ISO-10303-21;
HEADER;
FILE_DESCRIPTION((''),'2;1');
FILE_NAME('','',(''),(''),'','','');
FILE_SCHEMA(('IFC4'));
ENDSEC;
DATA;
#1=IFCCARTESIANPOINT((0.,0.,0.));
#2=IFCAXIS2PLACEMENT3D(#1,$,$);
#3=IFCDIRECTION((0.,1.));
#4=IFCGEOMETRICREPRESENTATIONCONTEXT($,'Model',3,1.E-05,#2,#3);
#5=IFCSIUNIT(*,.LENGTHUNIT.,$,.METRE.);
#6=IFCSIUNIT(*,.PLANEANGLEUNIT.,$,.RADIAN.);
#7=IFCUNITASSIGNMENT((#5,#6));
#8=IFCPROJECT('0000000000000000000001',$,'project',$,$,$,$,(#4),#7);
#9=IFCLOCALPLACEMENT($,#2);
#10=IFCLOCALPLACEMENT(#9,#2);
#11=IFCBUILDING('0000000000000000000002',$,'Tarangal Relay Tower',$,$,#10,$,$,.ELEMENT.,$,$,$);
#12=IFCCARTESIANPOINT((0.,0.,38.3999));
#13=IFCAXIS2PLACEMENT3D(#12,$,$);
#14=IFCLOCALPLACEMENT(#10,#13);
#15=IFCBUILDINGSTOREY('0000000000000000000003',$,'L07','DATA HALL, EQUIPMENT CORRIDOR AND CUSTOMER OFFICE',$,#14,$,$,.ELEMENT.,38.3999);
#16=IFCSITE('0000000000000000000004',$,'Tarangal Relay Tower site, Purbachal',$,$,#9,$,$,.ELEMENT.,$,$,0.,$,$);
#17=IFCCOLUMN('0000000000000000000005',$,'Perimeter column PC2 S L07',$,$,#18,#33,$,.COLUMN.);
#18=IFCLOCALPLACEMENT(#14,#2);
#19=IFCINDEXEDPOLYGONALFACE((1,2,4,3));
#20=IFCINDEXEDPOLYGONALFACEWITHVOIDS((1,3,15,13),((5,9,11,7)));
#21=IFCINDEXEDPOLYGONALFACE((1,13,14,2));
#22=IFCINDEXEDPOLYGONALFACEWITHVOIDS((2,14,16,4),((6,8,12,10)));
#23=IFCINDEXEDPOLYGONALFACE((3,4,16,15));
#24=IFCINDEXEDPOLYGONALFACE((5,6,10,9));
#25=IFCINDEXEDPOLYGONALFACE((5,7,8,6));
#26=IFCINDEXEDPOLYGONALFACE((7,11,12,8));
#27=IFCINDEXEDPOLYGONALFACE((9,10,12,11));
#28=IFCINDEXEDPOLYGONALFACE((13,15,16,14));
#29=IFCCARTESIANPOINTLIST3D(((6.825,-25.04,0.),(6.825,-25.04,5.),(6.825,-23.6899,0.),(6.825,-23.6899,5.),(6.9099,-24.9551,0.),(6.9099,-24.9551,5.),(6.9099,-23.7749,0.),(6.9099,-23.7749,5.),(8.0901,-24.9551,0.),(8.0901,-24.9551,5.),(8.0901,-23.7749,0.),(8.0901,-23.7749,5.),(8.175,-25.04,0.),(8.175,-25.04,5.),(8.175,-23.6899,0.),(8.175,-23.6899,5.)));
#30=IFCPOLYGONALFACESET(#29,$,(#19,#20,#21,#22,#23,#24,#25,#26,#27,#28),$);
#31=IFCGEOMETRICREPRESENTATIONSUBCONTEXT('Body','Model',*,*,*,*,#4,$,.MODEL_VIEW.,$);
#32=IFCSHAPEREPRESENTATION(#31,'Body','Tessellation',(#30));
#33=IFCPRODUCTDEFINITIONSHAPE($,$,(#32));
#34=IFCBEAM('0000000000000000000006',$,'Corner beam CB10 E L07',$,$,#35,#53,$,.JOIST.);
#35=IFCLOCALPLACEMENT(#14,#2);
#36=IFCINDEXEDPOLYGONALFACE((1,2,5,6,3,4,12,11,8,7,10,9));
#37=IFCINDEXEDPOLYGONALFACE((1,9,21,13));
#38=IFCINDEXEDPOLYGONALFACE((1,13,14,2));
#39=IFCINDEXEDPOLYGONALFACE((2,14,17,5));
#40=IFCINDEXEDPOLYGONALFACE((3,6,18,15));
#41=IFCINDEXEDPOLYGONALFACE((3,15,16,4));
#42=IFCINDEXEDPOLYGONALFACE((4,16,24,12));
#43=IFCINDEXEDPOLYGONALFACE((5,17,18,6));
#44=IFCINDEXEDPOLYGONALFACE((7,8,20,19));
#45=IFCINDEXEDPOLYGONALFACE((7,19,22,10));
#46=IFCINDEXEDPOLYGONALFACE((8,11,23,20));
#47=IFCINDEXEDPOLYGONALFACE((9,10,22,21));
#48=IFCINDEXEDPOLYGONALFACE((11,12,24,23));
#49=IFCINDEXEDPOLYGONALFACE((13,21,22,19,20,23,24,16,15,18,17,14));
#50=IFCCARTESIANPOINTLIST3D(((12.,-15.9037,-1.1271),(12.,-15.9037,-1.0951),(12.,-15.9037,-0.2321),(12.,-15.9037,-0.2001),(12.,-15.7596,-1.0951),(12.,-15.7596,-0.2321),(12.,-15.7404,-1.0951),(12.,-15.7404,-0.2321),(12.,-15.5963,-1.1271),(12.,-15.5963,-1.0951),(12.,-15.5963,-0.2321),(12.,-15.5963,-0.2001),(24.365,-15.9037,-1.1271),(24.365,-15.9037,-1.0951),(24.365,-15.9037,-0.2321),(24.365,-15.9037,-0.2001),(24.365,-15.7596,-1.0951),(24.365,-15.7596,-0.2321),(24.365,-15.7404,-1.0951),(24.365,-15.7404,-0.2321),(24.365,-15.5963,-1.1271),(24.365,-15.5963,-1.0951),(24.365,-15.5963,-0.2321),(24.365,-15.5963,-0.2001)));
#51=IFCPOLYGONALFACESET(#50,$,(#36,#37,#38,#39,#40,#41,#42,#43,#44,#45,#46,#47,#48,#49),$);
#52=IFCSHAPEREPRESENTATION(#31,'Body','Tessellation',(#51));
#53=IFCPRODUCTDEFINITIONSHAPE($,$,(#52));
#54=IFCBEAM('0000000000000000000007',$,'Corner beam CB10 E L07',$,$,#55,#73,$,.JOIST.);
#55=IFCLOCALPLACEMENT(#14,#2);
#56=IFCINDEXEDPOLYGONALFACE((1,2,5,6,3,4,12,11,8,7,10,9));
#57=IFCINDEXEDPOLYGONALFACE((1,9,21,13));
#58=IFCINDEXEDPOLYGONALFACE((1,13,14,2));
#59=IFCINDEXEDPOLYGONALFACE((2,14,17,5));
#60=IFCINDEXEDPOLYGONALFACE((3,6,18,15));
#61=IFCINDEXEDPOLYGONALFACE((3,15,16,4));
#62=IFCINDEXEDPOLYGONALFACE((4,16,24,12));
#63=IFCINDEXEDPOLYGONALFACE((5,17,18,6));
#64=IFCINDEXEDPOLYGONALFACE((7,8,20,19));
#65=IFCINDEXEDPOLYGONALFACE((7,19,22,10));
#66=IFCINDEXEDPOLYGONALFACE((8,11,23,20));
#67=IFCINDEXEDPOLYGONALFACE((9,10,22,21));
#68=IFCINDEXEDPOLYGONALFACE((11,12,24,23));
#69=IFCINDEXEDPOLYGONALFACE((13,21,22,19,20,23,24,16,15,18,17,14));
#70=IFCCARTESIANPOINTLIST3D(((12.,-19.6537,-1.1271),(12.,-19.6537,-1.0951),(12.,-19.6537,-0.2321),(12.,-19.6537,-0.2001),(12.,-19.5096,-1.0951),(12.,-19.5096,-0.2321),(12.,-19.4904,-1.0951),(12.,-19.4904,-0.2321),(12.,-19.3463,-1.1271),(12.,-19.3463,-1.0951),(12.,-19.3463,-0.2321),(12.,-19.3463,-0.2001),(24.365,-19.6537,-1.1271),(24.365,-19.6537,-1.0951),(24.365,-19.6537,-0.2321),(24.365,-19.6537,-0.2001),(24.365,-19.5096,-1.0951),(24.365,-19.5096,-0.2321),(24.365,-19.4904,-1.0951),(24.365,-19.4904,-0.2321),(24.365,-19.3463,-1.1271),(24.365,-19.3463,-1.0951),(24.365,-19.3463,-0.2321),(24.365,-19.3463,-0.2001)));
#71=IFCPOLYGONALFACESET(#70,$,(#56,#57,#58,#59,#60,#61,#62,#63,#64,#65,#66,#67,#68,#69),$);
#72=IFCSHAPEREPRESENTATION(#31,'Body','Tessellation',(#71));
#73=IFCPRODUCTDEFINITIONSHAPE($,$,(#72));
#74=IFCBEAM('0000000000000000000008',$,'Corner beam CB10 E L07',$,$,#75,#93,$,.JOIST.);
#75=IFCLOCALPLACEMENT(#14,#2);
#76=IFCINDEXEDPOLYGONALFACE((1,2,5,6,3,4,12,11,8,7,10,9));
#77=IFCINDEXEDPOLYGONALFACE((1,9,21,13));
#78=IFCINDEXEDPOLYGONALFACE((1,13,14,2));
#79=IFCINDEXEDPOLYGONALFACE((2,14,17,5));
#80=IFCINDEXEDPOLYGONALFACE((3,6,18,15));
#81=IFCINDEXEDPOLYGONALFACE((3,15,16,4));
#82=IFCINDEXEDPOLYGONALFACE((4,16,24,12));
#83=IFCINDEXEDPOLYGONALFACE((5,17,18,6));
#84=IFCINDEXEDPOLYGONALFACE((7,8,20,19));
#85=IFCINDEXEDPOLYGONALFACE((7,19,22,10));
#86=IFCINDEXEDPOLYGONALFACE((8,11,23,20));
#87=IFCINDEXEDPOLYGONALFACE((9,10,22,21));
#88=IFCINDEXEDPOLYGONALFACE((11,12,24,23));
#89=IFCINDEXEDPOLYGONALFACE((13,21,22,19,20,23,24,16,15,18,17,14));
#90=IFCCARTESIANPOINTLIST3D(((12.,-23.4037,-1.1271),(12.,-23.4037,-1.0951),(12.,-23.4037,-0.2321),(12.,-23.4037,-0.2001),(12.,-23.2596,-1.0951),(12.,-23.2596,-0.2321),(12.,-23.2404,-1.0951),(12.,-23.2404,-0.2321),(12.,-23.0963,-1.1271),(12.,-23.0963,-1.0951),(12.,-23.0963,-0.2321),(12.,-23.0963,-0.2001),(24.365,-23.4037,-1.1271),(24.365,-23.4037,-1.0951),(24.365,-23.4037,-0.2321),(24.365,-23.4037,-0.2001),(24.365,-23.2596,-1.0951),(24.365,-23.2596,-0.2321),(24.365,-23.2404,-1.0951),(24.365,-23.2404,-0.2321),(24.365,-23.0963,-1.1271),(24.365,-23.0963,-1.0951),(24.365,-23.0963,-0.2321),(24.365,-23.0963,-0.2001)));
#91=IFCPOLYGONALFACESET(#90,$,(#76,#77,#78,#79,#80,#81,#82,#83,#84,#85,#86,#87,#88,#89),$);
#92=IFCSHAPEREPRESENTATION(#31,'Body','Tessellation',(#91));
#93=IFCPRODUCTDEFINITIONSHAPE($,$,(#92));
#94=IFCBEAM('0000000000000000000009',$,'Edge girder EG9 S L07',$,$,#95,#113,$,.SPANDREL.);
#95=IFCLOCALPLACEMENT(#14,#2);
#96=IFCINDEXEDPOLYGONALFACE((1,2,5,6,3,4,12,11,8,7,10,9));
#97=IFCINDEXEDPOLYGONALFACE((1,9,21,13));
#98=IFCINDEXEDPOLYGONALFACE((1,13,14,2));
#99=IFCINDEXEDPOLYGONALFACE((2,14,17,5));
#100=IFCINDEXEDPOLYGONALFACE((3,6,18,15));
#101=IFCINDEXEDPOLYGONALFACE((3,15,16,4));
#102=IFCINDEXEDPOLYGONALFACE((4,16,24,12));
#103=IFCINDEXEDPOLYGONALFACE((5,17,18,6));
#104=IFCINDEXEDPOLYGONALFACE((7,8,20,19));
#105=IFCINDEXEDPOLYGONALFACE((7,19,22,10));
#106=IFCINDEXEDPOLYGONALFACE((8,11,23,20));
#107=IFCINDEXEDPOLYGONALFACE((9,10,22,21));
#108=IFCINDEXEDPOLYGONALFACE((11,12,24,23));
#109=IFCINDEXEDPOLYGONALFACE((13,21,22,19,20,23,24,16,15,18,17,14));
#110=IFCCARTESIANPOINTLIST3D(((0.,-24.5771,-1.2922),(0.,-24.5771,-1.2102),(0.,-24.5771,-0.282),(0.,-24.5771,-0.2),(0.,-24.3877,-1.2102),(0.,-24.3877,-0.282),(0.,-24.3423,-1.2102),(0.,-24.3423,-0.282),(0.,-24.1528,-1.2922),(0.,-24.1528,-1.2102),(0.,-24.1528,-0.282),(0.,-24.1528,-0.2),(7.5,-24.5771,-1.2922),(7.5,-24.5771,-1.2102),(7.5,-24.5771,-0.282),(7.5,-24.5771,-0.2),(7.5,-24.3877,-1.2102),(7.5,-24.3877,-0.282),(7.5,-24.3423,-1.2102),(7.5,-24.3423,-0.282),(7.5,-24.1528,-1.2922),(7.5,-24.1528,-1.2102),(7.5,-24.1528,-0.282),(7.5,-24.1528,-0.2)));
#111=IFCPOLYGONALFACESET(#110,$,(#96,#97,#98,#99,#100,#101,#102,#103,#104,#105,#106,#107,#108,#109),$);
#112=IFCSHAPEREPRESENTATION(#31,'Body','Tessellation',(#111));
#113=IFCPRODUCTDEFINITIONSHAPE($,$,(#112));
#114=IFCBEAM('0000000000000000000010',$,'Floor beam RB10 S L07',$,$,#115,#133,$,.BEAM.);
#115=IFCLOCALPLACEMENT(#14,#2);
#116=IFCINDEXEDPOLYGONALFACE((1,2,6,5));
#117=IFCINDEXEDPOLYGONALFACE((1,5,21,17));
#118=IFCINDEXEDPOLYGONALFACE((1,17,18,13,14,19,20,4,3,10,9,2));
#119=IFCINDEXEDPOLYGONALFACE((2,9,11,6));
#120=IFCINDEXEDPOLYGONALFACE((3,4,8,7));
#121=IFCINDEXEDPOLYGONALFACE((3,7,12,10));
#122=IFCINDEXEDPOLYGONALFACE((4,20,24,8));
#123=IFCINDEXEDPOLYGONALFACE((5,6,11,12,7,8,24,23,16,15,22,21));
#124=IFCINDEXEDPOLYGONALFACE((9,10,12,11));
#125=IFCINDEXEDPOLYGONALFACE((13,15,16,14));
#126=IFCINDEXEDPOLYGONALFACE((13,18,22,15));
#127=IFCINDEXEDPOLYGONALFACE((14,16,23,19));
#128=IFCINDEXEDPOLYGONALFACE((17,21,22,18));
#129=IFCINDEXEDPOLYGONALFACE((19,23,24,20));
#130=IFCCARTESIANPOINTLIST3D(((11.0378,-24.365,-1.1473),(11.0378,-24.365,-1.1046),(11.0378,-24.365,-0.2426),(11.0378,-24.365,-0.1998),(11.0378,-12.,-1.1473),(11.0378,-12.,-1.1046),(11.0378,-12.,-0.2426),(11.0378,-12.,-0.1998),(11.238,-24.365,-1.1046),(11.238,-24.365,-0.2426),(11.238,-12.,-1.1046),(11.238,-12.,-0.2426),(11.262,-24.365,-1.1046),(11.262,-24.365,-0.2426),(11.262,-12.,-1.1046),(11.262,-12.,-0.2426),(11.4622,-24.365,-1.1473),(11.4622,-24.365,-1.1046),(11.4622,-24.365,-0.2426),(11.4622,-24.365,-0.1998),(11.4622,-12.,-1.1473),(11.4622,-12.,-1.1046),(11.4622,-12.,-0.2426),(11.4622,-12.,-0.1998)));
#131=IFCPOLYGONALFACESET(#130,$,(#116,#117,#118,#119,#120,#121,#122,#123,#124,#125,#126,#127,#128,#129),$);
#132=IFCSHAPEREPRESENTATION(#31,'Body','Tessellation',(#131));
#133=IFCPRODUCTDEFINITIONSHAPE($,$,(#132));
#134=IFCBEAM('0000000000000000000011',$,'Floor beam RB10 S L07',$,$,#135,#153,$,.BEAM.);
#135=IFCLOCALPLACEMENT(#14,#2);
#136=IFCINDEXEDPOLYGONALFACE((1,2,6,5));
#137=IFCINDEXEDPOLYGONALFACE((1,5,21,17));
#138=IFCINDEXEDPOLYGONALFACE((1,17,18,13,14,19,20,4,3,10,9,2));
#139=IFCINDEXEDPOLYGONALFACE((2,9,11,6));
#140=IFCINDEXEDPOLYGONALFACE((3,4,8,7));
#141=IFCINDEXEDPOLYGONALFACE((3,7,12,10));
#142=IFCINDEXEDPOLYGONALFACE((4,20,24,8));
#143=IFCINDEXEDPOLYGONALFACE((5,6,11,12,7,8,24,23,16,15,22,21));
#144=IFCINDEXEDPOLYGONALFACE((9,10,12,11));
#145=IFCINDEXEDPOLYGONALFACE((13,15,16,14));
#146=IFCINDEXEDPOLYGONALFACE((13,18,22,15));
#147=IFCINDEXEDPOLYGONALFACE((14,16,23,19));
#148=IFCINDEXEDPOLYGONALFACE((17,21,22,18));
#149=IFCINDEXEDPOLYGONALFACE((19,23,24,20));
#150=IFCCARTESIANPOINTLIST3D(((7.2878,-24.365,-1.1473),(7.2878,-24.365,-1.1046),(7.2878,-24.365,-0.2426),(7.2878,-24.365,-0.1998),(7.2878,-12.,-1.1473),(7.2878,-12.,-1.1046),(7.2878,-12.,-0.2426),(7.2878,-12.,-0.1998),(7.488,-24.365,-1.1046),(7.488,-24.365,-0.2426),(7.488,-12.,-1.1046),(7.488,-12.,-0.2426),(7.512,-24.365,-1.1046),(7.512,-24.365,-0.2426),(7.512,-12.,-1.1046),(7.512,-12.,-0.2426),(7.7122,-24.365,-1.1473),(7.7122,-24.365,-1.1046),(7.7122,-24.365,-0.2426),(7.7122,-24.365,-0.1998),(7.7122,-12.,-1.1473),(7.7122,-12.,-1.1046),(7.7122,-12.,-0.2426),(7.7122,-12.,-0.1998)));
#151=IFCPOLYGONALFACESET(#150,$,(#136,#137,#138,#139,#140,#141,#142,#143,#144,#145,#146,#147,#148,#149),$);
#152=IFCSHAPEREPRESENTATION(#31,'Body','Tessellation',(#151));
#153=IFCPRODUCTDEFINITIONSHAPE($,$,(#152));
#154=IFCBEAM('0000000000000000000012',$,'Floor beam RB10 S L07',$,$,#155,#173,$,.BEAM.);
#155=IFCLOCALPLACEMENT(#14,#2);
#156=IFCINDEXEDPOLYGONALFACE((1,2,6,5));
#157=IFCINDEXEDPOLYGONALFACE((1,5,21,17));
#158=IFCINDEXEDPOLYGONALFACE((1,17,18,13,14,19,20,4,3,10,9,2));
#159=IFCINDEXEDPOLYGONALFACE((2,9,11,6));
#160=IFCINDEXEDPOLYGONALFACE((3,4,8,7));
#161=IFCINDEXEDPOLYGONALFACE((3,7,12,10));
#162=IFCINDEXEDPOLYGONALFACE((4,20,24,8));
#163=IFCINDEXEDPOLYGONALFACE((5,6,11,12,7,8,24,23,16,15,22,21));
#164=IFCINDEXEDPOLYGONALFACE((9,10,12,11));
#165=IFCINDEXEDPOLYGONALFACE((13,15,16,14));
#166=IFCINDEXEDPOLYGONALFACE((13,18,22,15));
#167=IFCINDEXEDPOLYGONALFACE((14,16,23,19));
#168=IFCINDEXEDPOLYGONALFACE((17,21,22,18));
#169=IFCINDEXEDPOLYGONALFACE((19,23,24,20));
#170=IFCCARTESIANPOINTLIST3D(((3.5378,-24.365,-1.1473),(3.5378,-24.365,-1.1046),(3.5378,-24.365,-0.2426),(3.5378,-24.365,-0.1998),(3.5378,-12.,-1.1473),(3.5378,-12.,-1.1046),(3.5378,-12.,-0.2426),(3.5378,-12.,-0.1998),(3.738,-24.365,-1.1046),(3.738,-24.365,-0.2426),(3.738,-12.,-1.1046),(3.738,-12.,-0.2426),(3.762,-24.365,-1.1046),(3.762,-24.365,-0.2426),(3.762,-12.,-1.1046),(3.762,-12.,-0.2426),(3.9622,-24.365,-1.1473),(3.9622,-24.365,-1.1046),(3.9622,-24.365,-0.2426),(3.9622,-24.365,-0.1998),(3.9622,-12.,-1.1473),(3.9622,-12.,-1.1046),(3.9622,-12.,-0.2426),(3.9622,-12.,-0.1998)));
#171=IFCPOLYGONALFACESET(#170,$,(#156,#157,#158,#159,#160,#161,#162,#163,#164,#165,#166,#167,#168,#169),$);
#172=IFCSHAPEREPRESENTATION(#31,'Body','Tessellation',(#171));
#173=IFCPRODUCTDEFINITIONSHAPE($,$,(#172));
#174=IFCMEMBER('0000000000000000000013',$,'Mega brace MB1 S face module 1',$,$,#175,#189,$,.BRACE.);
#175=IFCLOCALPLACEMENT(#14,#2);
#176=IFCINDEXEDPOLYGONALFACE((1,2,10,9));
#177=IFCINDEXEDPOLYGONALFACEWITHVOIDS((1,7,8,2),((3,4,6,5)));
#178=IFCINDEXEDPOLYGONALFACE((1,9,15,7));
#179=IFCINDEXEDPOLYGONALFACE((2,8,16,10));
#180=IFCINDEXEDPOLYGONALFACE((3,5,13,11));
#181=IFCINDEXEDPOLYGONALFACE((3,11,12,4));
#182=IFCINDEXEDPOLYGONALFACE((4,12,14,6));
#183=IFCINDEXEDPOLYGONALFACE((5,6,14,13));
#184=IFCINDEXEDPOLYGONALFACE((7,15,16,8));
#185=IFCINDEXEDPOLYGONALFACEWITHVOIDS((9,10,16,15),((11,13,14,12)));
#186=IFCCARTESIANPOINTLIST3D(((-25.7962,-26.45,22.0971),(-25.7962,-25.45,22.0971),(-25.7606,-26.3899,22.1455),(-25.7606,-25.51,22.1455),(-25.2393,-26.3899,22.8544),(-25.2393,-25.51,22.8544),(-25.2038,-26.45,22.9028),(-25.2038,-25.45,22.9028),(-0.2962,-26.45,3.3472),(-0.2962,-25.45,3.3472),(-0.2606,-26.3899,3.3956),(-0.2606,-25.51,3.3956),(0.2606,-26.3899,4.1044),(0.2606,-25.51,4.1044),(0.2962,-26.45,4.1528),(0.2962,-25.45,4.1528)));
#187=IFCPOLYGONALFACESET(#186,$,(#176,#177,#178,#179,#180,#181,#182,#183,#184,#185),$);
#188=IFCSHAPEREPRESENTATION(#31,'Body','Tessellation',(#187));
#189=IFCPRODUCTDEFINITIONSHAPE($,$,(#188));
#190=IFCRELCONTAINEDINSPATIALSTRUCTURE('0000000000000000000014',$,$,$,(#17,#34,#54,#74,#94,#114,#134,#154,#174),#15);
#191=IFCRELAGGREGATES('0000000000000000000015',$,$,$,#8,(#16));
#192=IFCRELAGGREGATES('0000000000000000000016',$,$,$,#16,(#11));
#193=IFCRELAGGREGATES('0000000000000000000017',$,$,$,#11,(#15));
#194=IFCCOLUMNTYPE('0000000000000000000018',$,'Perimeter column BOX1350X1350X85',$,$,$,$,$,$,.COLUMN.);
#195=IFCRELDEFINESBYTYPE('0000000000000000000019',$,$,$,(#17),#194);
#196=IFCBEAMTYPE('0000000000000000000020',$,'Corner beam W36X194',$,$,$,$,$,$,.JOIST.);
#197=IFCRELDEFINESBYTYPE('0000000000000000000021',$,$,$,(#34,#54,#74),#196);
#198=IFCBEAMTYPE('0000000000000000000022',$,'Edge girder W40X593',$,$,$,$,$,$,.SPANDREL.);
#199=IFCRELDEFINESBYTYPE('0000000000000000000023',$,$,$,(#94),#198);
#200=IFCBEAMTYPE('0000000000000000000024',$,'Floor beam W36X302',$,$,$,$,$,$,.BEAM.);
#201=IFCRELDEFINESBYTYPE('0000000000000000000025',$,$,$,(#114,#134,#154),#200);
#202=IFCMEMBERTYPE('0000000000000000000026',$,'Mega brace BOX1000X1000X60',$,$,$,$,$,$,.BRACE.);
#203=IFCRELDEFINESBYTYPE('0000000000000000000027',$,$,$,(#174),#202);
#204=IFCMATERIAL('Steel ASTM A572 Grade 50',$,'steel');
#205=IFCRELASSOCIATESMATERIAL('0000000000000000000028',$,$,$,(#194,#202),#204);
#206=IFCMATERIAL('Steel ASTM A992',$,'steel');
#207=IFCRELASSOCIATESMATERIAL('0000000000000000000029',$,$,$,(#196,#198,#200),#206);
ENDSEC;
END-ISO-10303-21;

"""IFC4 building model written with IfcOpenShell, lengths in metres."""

from ifc_helpers import new_model, si_unit, direction, frame, origin, origin_2d, place, context, subcontext, project, spatial, hollow_rectangle, i_section, extrude, material, material_profile, profile_set, type_object, element, save


model = new_model("IFC4")

# Units and contexts
model_context = context("Model", 3, precision=1e-05, world=origin(), true_north=direction((0.0, 1.0)))
body_context = subcontext(model_context, "Body", "Model", "MODEL_VIEW")
ifc_project = project(units=[si_unit("LENGTHUNIT", "METRE"), si_unit("PLANEANGLEUNIT", "RADIAN")], contexts=[model_context])

# Site, building, storey
site_placement = place(None, origin())
site = spatial("IfcSite", under=ifc_project, at=site_placement, Name="Tarangal Relay Tower site, Purbachal", CompositionType="ELEMENT", RefElevation=0.0)
building_placement = place(site_placement, origin())
building = spatial("IfcBuilding", under=site, at=building_placement, Name="Tarangal Relay Tower", CompositionType="ELEMENT")
storey_placement = place(building_placement, frame((0.0, 0.0, 38.3999)))
storey = spatial("IfcBuildingStorey", under=building, at=storey_placement, Name="L07", Description="DATA HALL, EQUIPMENT CORRIDOR AND CUSTOMER OFFICE", CompositionType="ELEMENT", Elevation=38.3999)

# Column
ifc_material_1 = material(Name="Steel ASTM A572 Grade 50", Category="steel")
ifc_material_profile_1 = material_profile(ifc_material_1, hollow_rectangle(XDim=1.3501, YDim=1.3501, WallThickness=0.085, at=origin_2d()), Name="BOX1350X1350X85")
ifc_profile_set_1 = profile_set([ifc_material_profile_1], Name="Steel ASTM A572 Grade 50")
column_type = type_object("IfcColumnType", Name="Perimeter column BOX1350X1350X85", PredefinedType="COLUMN", material=ifc_profile_set_1)
column_placement = place(storey_placement, frame((7.5, -24.365, 0.0), z_axis=(0.0, 0.0, 1.0), x_axis=(1.0, 0.0, 0.0)))
element("IfcColumn", 1, at=column_placement, inside=storey, type_object=column_type, Name="Perimeter column PC2 S L07", PredefinedType="COLUMN", context=body_context, shape_type="SweptSolid", body=[
    extrude(hollow_rectangle(XDim=1.3501, YDim=1.3501, WallThickness=0.085, at=origin_2d()), origin(), (0.0, 0.0, 1.0), 5.0),
])

# Beams
ifc_material_2 = material(Name="Steel ASTM A992", Category="steel")
ifc_material_profile_2 = material_profile(ifc_material_2, i_section(OverallWidth=0.3074, OverallDepth=0.927, WebThickness=0.0193, FlangeThickness=0.032, at=origin_2d()), Name="W36X194")
ifc_profile_set_2 = profile_set([ifc_material_profile_2], Name="Steel ASTM A992")
beam_type_1 = type_object("IfcBeamType", Name="Corner beam W36X194", PredefinedType="JOIST", material=ifc_profile_set_2)
for number, where, z_axis, x_axis, name in (
    (2, (12.0, -15.75, -0.6636), (1.0, 0.0, 0.0), (0.0, 1.0, 0.0), "Corner beam CB10 E L07"),
    (3, (12.0, -19.5, -0.6636), (1.0, 0.0, 0.0), (0.0, 1.0, 0.0), "Corner beam CB10 E L07"),
    (4, (12.0, -23.25, -0.6636), (1.0, 0.0, 0.0), (0.0, 1.0, 0.0), "Corner beam CB10 E L07"),
):
    element("IfcBeam", number, at=place(storey_placement, frame(where, z_axis=z_axis, x_axis=x_axis)), inside=storey, type_object=beam_type_1, Name=name, PredefinedType="JOIST", context=body_context, shape_type="SweptSolid", body=[
        extrude(i_section(OverallWidth=0.3074, OverallDepth=0.927, WebThickness=0.0193, FlangeThickness=0.032, at=origin_2d()), origin(), (0.0, 0.0, 1.0), 12.365),
    ])
ifc_material_profile_3 = material_profile(ifc_material_2, i_section(OverallWidth=0.4243, OverallDepth=1.0923, WebThickness=0.0454, FlangeThickness=0.082, at=origin_2d()), Name="W40X593")
ifc_profile_set_3 = profile_set([ifc_material_profile_3], Name="Steel ASTM A992")
beam_type_2 = type_object("IfcBeamType", Name="Edge girder W40X593", PredefinedType="SPANDREL", material=ifc_profile_set_3)
beam_placement = place(storey_placement, frame((7.5, -24.365, -0.7461), z_axis=(-1.0, 0.0, 0.0), x_axis=(0.0, -1.0, 0.0)))
element("IfcBeam", 5, at=beam_placement, inside=storey, type_object=beam_type_2, Name="Edge girder EG9 S L07", PredefinedType="SPANDREL", context=body_context, shape_type="SweptSolid", body=[
    extrude(i_section(OverallWidth=0.4243, OverallDepth=1.0923, WebThickness=0.0454, FlangeThickness=0.082, at=origin_2d()), origin(), (0.0, 0.0, 1.0), 7.5),
])
ifc_material_profile_4 = material_profile(ifc_material_2, i_section(OverallWidth=0.4243, OverallDepth=0.9475, WebThickness=0.0239, FlangeThickness=0.0427, at=origin_2d()), Name="W36X302")
ifc_profile_set_4 = profile_set([ifc_material_profile_4], Name="Steel ASTM A992")
beam_type_3 = type_object("IfcBeamType", Name="Floor beam W36X302", PredefinedType="BEAM", material=ifc_profile_set_4)
for number, where, z_axis, x_axis, name in (
    (6, (11.25, -12.0, -0.6736), (0.0, -1.0, 0.0), (1.0, 0.0, 0.0), "Floor beam RB10 S L07"),
    (7, (7.5, -12.0, -0.6736), (0.0, -1.0, 0.0), (1.0, 0.0, 0.0), "Floor beam RB10 S L07"),
    (8, (3.75, -12.0, -0.6736), (0.0, -1.0, 0.0), (1.0, 0.0, 0.0), "Floor beam RB10 S L07"),
):
    element("IfcBeam", number, at=place(storey_placement, frame(where, z_axis=z_axis, x_axis=x_axis)), inside=storey, type_object=beam_type_3, Name=name, PredefinedType="BEAM", context=body_context, shape_type="SweptSolid", body=[
        extrude(i_section(OverallWidth=0.4243, OverallDepth=0.9475, WebThickness=0.0239, FlangeThickness=0.0427, at=origin_2d()), origin(), (0.0, 0.0, 1.0), 12.365),
    ])

# Member
ifc_material_profile_5 = material_profile(ifc_material_1, hollow_rectangle(XDim=1.0, YDim=1.0, WallThickness=0.0601, at=origin_2d()), Name="BOX1000X1000X60")
ifc_profile_set_5 = profile_set([ifc_material_profile_5], Name="Steel ASTM A572 Grade 50")
member_type = type_object("IfcMemberType", Name="Mega brace BOX1000X1000X60", PredefinedType="BRACE", material=ifc_profile_set_5)
for number, where, z_axis, x_axis, name in (
    (9, (0.0, -25.95, 3.75), (-0.805651, 0.0, 0.59239), (0.0, -1.0, 0.0), "Mega brace MB1 S face module 1"),
):
    element("IfcMember", number, at=place(storey_placement, frame(where, z_axis=z_axis, x_axis=x_axis)), inside=storey, type_object=member_type, Name=name, PredefinedType="BRACE", context=body_context, shape_type="SweptSolid", body=[
        extrude(hollow_rectangle(XDim=1.0, YDim=1.0, WallThickness=0.0601, at=origin_2d()), origin(), (0.0, 0.0, 1.0), 31.6514),
    ])

save(model, "model.ifc")
